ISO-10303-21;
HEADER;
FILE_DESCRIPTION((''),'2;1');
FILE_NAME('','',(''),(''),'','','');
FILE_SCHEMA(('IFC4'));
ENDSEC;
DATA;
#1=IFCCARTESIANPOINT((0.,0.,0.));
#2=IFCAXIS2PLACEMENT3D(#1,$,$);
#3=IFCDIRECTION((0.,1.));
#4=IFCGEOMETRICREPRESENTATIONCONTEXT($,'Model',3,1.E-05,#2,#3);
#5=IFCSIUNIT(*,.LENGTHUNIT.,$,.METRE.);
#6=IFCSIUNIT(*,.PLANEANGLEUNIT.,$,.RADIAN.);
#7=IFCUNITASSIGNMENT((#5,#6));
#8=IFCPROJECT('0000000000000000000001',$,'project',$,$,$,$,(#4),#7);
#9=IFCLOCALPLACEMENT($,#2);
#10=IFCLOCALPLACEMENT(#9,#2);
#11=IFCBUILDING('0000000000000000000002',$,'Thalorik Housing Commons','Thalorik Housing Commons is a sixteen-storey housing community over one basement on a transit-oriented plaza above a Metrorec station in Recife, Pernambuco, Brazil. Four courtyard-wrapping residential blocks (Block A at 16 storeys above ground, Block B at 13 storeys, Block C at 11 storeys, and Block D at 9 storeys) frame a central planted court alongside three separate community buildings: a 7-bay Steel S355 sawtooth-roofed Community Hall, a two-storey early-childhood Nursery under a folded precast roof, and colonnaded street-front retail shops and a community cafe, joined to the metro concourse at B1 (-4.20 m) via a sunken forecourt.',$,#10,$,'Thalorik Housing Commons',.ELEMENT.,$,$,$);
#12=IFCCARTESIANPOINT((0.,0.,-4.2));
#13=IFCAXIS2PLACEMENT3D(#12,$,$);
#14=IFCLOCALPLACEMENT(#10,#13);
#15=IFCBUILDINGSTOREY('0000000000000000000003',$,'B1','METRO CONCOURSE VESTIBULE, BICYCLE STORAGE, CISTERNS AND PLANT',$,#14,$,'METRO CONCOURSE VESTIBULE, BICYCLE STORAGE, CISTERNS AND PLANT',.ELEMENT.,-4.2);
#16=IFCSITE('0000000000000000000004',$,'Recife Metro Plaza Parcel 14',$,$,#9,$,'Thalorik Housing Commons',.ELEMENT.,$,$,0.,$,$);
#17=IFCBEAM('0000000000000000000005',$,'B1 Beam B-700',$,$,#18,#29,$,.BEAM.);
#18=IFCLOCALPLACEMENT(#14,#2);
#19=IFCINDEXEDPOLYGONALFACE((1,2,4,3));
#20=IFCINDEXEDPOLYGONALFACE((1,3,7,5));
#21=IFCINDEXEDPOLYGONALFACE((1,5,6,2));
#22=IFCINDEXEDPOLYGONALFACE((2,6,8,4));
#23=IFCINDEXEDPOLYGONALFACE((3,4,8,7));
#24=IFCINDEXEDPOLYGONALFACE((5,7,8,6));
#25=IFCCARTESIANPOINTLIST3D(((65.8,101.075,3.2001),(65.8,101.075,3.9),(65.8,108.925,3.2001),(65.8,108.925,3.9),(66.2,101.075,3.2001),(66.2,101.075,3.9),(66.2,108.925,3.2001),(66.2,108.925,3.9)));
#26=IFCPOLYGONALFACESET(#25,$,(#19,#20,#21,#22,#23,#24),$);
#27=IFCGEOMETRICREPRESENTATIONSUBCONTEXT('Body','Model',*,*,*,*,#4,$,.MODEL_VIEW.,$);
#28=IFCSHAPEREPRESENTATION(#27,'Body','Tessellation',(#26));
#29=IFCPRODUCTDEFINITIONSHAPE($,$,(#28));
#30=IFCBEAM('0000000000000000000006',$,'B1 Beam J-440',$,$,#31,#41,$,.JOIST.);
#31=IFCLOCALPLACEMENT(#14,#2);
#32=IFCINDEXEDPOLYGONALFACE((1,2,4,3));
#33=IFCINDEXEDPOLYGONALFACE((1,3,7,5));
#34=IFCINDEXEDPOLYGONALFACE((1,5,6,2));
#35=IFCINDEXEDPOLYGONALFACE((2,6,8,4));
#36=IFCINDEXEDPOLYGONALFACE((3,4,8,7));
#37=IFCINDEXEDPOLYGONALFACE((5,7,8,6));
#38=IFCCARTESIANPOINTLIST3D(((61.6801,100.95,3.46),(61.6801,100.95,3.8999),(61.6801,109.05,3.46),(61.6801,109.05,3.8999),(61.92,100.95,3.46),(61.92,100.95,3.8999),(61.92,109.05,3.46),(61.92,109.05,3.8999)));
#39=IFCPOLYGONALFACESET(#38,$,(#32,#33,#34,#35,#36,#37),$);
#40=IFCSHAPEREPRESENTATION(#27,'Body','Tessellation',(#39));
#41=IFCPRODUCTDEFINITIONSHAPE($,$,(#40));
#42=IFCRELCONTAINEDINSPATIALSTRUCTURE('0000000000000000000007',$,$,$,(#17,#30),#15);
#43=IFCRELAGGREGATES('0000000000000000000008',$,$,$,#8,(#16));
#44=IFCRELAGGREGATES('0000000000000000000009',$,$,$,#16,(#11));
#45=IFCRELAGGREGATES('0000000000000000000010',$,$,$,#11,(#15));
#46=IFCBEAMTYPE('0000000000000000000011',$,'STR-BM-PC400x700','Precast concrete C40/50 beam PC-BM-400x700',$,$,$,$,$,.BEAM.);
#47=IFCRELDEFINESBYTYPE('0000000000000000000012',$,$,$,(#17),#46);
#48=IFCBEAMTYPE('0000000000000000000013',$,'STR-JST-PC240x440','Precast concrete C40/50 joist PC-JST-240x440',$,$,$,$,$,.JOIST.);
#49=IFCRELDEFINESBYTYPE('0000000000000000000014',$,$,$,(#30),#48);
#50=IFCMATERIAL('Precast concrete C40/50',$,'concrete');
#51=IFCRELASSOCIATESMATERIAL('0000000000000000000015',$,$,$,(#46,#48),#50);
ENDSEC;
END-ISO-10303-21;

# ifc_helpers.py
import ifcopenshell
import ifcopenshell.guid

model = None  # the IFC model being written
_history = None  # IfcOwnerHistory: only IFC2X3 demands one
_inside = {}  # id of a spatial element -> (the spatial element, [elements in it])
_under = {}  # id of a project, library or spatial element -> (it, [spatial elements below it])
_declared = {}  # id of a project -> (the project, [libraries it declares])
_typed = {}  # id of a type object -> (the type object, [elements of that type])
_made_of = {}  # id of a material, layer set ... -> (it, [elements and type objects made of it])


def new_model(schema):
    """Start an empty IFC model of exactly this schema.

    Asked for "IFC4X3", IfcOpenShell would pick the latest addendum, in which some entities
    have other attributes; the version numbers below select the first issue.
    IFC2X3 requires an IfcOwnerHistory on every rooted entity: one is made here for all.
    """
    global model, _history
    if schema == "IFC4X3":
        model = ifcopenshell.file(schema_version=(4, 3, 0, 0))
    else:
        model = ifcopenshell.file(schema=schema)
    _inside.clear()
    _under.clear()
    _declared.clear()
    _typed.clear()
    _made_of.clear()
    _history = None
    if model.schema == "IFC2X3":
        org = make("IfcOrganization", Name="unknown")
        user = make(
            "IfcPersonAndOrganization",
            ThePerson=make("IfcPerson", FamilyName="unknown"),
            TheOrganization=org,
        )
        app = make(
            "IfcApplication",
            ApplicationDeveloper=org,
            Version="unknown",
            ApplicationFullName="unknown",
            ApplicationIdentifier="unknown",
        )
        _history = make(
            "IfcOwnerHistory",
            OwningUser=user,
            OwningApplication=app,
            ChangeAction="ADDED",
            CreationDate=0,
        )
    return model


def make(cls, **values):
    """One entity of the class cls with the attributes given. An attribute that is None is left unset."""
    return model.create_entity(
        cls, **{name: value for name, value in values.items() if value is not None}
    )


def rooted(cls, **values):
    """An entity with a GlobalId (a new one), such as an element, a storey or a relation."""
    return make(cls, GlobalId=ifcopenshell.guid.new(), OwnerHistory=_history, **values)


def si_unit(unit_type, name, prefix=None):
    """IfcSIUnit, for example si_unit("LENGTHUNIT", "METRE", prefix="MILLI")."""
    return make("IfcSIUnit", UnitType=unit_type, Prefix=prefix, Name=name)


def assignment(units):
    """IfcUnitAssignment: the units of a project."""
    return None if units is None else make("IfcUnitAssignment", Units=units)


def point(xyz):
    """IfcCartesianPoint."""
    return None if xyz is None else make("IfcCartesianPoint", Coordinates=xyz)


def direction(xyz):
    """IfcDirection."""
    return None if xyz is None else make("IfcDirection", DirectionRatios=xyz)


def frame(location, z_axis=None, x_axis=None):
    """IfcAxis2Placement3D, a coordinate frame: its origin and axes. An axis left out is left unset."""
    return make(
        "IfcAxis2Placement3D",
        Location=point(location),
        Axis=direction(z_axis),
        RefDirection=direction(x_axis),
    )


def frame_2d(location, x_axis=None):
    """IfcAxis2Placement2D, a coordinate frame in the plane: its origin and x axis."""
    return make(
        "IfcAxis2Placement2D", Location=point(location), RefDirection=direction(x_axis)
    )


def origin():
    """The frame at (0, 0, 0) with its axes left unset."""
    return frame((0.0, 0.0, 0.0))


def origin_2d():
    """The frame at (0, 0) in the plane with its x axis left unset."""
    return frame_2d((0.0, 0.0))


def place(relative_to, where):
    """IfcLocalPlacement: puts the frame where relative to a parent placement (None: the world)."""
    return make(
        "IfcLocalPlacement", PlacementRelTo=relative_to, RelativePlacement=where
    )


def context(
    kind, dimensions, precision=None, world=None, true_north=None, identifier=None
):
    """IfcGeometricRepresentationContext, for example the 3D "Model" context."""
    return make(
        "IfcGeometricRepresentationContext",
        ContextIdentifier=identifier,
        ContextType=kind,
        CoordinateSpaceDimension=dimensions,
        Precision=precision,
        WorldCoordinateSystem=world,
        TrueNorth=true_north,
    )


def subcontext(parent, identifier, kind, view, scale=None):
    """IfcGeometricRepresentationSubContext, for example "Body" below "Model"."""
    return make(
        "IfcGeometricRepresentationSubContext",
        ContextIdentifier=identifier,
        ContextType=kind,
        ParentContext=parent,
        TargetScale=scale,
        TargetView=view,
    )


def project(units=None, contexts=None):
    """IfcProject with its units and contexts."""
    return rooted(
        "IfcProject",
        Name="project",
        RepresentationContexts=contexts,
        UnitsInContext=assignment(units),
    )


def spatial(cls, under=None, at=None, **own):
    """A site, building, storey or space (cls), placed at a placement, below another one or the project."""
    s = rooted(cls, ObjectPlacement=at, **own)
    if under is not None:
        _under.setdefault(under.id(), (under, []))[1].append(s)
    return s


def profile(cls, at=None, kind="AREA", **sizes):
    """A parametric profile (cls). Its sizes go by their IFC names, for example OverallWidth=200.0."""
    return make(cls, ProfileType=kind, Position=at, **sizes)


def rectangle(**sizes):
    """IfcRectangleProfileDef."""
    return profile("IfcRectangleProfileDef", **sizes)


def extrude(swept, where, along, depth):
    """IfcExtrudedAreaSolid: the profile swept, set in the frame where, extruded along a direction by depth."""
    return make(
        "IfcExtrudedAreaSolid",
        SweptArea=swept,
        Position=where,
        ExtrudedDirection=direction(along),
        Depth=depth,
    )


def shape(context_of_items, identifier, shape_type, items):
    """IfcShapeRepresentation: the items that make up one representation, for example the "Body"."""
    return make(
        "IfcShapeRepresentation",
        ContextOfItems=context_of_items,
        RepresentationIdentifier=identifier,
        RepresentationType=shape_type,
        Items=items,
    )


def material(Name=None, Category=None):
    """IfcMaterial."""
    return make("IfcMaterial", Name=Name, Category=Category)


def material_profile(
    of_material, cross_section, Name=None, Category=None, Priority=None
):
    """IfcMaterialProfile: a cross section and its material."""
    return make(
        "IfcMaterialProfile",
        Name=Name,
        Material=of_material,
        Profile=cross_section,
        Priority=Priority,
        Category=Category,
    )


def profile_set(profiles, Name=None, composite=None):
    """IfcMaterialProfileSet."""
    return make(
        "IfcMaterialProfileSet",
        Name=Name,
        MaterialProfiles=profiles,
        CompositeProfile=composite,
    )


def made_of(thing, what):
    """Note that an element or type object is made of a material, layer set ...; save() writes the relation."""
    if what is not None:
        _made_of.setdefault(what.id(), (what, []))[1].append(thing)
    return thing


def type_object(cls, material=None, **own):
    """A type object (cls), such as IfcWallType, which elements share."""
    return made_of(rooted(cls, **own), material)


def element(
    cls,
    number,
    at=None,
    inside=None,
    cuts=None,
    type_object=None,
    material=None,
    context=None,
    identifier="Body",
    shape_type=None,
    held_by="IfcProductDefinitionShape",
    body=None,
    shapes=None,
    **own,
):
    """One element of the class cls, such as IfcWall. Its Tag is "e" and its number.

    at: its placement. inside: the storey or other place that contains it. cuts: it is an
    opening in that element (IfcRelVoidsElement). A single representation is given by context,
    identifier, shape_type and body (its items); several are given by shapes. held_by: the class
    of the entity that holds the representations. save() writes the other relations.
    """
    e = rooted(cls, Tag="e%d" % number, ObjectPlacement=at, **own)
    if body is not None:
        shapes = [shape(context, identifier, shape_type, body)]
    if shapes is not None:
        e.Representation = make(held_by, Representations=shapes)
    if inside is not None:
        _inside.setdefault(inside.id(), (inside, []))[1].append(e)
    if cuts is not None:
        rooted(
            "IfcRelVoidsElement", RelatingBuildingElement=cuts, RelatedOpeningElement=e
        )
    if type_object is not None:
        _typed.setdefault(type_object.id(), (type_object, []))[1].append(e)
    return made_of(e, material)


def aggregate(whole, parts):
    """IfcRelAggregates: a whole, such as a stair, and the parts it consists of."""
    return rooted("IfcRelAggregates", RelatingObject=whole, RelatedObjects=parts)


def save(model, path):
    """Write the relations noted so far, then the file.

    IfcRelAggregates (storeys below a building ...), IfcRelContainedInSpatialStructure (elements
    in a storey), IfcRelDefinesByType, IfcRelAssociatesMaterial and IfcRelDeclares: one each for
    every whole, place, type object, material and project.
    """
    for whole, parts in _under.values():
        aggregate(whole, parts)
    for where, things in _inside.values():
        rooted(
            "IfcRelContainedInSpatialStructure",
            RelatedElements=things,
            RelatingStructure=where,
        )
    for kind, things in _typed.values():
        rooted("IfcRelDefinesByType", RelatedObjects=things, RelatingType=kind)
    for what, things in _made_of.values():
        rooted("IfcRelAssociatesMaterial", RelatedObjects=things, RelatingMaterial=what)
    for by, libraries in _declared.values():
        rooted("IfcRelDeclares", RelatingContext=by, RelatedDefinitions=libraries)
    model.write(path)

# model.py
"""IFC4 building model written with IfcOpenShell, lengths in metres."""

from ifc_helpers import new_model, si_unit, direction, frame, origin, origin_2d, place, context, subcontext, project, spatial, rectangle, extrude, material, material_profile, profile_set, type_object, element, save


model = new_model("IFC4")

# Units and contexts
model_context = context("Model", 3, precision=1e-05, world=origin(), true_north=direction((0.0, 1.0)))
body_context = subcontext(model_context, "Body", "Model", "MODEL_VIEW")
ifc_project = project(units=[si_unit("LENGTHUNIT", "METRE"), si_unit("PLANEANGLEUNIT", "RADIAN")], contexts=[model_context])

# Site, building, storey
site_placement = place(None, origin())
site = spatial("IfcSite", under=ifc_project, at=site_placement, Name="Recife Metro Plaza Parcel 14", LongName="Thalorik Housing Commons", CompositionType="ELEMENT", RefElevation=0.0)
building_placement = place(site_placement, origin())
building = spatial("IfcBuilding", under=site, at=building_placement, Name="Thalorik Housing Commons", Description="Thalorik Housing Commons is a sixteen-storey housing community over one basement on a transit-oriented plaza above a Metrorec station in Recife, Pernambuco, Brazil. Four courtyard-wrapping residential blocks (Block A at 16 storeys above ground, Block B at 13 storeys, Block C at 11 storeys, and Block D at 9 storeys) frame a central planted court alongside three separate community buildings: a 7-bay Steel S355 sawtooth-roofed Community Hall, a two-storey early-childhood Nursery under a folded precast roof, and colonnaded street-front retail shops and a community cafe, joined to the metro concourse at B1 (-4.20 m) via a sunken forecourt.", LongName="Thalorik Housing Commons", CompositionType="ELEMENT")
storey_placement = place(building_placement, frame((0.0, 0.0, -4.2)))
storey = spatial("IfcBuildingStorey", under=building, at=storey_placement, Name="B1", Description="METRO CONCOURSE VESTIBULE, BICYCLE STORAGE, CISTERNS AND PLANT", LongName="METRO CONCOURSE VESTIBULE, BICYCLE STORAGE, CISTERNS AND PLANT", CompositionType="ELEMENT", Elevation=-4.2)

# Shared definitions
ifc_material_1 = material(Name="Precast concrete C40/50", Category="concrete")

# Beams
ifc_material_profile_1 = material_profile(ifc_material_1, rectangle(XDim=0.3999, YDim=0.7, at=origin_2d()), Name="PC 400x700", Category="concrete")
ifc_profile_set_1 = profile_set([ifc_material_profile_1], Name="Precast concrete C40/50")
beam_type_1 = type_object("IfcBeamType", Name="STR-BM-PC400x700", Description="Precast concrete C40/50 beam PC-BM-400x700", PredefinedType="BEAM", material=ifc_profile_set_1)
beam_1_placement = place(storey_placement, frame((66.0, 101.075, 3.55), z_axis=(0.0, 1.0, 0.0), x_axis=(-1.0, 0.0, 0.0)))
element("IfcBeam", 1, at=beam_1_placement, inside=storey, type_object=beam_type_1, Name="B1 Beam B-700", PredefinedType="BEAM", context=body_context, shape_type="SweptSolid", body=[
    extrude(rectangle(XDim=0.3999, YDim=0.7, at=origin_2d()), origin(), (0.0, 0.0, 1.0), 7.8501),
])
ifc_material_profile_2 = material_profile(ifc_material_1, rectangle(XDim=0.24, YDim=0.4399, at=origin_2d()), Name="PC JST 240x440", Category="concrete")
ifc_profile_set_2 = profile_set([ifc_material_profile_2], Name="Precast concrete C40/50")
beam_type_2 = type_object("IfcBeamType", Name="STR-JST-PC240x440", Description="Precast concrete C40/50 joist PC-JST-240x440", PredefinedType="JOIST", material=ifc_profile_set_2)
beam_2_placement = place(storey_placement, frame((61.8, 100.95, 3.6799), z_axis=(0.0, 1.0, 0.0), x_axis=(-1.0, 0.0, 0.0)))
element("IfcBeam", 2, at=beam_2_placement, inside=storey, type_object=beam_type_2, Name="B1 Beam J-440", PredefinedType="JOIST", context=body_context, shape_type="SweptSolid", body=[
    extrude(rectangle(XDim=0.24, YDim=0.4399, at=origin_2d()), origin(), (0.0, 0.0, 1.0), 8.1001),
])

save(model, "model.ifc")
